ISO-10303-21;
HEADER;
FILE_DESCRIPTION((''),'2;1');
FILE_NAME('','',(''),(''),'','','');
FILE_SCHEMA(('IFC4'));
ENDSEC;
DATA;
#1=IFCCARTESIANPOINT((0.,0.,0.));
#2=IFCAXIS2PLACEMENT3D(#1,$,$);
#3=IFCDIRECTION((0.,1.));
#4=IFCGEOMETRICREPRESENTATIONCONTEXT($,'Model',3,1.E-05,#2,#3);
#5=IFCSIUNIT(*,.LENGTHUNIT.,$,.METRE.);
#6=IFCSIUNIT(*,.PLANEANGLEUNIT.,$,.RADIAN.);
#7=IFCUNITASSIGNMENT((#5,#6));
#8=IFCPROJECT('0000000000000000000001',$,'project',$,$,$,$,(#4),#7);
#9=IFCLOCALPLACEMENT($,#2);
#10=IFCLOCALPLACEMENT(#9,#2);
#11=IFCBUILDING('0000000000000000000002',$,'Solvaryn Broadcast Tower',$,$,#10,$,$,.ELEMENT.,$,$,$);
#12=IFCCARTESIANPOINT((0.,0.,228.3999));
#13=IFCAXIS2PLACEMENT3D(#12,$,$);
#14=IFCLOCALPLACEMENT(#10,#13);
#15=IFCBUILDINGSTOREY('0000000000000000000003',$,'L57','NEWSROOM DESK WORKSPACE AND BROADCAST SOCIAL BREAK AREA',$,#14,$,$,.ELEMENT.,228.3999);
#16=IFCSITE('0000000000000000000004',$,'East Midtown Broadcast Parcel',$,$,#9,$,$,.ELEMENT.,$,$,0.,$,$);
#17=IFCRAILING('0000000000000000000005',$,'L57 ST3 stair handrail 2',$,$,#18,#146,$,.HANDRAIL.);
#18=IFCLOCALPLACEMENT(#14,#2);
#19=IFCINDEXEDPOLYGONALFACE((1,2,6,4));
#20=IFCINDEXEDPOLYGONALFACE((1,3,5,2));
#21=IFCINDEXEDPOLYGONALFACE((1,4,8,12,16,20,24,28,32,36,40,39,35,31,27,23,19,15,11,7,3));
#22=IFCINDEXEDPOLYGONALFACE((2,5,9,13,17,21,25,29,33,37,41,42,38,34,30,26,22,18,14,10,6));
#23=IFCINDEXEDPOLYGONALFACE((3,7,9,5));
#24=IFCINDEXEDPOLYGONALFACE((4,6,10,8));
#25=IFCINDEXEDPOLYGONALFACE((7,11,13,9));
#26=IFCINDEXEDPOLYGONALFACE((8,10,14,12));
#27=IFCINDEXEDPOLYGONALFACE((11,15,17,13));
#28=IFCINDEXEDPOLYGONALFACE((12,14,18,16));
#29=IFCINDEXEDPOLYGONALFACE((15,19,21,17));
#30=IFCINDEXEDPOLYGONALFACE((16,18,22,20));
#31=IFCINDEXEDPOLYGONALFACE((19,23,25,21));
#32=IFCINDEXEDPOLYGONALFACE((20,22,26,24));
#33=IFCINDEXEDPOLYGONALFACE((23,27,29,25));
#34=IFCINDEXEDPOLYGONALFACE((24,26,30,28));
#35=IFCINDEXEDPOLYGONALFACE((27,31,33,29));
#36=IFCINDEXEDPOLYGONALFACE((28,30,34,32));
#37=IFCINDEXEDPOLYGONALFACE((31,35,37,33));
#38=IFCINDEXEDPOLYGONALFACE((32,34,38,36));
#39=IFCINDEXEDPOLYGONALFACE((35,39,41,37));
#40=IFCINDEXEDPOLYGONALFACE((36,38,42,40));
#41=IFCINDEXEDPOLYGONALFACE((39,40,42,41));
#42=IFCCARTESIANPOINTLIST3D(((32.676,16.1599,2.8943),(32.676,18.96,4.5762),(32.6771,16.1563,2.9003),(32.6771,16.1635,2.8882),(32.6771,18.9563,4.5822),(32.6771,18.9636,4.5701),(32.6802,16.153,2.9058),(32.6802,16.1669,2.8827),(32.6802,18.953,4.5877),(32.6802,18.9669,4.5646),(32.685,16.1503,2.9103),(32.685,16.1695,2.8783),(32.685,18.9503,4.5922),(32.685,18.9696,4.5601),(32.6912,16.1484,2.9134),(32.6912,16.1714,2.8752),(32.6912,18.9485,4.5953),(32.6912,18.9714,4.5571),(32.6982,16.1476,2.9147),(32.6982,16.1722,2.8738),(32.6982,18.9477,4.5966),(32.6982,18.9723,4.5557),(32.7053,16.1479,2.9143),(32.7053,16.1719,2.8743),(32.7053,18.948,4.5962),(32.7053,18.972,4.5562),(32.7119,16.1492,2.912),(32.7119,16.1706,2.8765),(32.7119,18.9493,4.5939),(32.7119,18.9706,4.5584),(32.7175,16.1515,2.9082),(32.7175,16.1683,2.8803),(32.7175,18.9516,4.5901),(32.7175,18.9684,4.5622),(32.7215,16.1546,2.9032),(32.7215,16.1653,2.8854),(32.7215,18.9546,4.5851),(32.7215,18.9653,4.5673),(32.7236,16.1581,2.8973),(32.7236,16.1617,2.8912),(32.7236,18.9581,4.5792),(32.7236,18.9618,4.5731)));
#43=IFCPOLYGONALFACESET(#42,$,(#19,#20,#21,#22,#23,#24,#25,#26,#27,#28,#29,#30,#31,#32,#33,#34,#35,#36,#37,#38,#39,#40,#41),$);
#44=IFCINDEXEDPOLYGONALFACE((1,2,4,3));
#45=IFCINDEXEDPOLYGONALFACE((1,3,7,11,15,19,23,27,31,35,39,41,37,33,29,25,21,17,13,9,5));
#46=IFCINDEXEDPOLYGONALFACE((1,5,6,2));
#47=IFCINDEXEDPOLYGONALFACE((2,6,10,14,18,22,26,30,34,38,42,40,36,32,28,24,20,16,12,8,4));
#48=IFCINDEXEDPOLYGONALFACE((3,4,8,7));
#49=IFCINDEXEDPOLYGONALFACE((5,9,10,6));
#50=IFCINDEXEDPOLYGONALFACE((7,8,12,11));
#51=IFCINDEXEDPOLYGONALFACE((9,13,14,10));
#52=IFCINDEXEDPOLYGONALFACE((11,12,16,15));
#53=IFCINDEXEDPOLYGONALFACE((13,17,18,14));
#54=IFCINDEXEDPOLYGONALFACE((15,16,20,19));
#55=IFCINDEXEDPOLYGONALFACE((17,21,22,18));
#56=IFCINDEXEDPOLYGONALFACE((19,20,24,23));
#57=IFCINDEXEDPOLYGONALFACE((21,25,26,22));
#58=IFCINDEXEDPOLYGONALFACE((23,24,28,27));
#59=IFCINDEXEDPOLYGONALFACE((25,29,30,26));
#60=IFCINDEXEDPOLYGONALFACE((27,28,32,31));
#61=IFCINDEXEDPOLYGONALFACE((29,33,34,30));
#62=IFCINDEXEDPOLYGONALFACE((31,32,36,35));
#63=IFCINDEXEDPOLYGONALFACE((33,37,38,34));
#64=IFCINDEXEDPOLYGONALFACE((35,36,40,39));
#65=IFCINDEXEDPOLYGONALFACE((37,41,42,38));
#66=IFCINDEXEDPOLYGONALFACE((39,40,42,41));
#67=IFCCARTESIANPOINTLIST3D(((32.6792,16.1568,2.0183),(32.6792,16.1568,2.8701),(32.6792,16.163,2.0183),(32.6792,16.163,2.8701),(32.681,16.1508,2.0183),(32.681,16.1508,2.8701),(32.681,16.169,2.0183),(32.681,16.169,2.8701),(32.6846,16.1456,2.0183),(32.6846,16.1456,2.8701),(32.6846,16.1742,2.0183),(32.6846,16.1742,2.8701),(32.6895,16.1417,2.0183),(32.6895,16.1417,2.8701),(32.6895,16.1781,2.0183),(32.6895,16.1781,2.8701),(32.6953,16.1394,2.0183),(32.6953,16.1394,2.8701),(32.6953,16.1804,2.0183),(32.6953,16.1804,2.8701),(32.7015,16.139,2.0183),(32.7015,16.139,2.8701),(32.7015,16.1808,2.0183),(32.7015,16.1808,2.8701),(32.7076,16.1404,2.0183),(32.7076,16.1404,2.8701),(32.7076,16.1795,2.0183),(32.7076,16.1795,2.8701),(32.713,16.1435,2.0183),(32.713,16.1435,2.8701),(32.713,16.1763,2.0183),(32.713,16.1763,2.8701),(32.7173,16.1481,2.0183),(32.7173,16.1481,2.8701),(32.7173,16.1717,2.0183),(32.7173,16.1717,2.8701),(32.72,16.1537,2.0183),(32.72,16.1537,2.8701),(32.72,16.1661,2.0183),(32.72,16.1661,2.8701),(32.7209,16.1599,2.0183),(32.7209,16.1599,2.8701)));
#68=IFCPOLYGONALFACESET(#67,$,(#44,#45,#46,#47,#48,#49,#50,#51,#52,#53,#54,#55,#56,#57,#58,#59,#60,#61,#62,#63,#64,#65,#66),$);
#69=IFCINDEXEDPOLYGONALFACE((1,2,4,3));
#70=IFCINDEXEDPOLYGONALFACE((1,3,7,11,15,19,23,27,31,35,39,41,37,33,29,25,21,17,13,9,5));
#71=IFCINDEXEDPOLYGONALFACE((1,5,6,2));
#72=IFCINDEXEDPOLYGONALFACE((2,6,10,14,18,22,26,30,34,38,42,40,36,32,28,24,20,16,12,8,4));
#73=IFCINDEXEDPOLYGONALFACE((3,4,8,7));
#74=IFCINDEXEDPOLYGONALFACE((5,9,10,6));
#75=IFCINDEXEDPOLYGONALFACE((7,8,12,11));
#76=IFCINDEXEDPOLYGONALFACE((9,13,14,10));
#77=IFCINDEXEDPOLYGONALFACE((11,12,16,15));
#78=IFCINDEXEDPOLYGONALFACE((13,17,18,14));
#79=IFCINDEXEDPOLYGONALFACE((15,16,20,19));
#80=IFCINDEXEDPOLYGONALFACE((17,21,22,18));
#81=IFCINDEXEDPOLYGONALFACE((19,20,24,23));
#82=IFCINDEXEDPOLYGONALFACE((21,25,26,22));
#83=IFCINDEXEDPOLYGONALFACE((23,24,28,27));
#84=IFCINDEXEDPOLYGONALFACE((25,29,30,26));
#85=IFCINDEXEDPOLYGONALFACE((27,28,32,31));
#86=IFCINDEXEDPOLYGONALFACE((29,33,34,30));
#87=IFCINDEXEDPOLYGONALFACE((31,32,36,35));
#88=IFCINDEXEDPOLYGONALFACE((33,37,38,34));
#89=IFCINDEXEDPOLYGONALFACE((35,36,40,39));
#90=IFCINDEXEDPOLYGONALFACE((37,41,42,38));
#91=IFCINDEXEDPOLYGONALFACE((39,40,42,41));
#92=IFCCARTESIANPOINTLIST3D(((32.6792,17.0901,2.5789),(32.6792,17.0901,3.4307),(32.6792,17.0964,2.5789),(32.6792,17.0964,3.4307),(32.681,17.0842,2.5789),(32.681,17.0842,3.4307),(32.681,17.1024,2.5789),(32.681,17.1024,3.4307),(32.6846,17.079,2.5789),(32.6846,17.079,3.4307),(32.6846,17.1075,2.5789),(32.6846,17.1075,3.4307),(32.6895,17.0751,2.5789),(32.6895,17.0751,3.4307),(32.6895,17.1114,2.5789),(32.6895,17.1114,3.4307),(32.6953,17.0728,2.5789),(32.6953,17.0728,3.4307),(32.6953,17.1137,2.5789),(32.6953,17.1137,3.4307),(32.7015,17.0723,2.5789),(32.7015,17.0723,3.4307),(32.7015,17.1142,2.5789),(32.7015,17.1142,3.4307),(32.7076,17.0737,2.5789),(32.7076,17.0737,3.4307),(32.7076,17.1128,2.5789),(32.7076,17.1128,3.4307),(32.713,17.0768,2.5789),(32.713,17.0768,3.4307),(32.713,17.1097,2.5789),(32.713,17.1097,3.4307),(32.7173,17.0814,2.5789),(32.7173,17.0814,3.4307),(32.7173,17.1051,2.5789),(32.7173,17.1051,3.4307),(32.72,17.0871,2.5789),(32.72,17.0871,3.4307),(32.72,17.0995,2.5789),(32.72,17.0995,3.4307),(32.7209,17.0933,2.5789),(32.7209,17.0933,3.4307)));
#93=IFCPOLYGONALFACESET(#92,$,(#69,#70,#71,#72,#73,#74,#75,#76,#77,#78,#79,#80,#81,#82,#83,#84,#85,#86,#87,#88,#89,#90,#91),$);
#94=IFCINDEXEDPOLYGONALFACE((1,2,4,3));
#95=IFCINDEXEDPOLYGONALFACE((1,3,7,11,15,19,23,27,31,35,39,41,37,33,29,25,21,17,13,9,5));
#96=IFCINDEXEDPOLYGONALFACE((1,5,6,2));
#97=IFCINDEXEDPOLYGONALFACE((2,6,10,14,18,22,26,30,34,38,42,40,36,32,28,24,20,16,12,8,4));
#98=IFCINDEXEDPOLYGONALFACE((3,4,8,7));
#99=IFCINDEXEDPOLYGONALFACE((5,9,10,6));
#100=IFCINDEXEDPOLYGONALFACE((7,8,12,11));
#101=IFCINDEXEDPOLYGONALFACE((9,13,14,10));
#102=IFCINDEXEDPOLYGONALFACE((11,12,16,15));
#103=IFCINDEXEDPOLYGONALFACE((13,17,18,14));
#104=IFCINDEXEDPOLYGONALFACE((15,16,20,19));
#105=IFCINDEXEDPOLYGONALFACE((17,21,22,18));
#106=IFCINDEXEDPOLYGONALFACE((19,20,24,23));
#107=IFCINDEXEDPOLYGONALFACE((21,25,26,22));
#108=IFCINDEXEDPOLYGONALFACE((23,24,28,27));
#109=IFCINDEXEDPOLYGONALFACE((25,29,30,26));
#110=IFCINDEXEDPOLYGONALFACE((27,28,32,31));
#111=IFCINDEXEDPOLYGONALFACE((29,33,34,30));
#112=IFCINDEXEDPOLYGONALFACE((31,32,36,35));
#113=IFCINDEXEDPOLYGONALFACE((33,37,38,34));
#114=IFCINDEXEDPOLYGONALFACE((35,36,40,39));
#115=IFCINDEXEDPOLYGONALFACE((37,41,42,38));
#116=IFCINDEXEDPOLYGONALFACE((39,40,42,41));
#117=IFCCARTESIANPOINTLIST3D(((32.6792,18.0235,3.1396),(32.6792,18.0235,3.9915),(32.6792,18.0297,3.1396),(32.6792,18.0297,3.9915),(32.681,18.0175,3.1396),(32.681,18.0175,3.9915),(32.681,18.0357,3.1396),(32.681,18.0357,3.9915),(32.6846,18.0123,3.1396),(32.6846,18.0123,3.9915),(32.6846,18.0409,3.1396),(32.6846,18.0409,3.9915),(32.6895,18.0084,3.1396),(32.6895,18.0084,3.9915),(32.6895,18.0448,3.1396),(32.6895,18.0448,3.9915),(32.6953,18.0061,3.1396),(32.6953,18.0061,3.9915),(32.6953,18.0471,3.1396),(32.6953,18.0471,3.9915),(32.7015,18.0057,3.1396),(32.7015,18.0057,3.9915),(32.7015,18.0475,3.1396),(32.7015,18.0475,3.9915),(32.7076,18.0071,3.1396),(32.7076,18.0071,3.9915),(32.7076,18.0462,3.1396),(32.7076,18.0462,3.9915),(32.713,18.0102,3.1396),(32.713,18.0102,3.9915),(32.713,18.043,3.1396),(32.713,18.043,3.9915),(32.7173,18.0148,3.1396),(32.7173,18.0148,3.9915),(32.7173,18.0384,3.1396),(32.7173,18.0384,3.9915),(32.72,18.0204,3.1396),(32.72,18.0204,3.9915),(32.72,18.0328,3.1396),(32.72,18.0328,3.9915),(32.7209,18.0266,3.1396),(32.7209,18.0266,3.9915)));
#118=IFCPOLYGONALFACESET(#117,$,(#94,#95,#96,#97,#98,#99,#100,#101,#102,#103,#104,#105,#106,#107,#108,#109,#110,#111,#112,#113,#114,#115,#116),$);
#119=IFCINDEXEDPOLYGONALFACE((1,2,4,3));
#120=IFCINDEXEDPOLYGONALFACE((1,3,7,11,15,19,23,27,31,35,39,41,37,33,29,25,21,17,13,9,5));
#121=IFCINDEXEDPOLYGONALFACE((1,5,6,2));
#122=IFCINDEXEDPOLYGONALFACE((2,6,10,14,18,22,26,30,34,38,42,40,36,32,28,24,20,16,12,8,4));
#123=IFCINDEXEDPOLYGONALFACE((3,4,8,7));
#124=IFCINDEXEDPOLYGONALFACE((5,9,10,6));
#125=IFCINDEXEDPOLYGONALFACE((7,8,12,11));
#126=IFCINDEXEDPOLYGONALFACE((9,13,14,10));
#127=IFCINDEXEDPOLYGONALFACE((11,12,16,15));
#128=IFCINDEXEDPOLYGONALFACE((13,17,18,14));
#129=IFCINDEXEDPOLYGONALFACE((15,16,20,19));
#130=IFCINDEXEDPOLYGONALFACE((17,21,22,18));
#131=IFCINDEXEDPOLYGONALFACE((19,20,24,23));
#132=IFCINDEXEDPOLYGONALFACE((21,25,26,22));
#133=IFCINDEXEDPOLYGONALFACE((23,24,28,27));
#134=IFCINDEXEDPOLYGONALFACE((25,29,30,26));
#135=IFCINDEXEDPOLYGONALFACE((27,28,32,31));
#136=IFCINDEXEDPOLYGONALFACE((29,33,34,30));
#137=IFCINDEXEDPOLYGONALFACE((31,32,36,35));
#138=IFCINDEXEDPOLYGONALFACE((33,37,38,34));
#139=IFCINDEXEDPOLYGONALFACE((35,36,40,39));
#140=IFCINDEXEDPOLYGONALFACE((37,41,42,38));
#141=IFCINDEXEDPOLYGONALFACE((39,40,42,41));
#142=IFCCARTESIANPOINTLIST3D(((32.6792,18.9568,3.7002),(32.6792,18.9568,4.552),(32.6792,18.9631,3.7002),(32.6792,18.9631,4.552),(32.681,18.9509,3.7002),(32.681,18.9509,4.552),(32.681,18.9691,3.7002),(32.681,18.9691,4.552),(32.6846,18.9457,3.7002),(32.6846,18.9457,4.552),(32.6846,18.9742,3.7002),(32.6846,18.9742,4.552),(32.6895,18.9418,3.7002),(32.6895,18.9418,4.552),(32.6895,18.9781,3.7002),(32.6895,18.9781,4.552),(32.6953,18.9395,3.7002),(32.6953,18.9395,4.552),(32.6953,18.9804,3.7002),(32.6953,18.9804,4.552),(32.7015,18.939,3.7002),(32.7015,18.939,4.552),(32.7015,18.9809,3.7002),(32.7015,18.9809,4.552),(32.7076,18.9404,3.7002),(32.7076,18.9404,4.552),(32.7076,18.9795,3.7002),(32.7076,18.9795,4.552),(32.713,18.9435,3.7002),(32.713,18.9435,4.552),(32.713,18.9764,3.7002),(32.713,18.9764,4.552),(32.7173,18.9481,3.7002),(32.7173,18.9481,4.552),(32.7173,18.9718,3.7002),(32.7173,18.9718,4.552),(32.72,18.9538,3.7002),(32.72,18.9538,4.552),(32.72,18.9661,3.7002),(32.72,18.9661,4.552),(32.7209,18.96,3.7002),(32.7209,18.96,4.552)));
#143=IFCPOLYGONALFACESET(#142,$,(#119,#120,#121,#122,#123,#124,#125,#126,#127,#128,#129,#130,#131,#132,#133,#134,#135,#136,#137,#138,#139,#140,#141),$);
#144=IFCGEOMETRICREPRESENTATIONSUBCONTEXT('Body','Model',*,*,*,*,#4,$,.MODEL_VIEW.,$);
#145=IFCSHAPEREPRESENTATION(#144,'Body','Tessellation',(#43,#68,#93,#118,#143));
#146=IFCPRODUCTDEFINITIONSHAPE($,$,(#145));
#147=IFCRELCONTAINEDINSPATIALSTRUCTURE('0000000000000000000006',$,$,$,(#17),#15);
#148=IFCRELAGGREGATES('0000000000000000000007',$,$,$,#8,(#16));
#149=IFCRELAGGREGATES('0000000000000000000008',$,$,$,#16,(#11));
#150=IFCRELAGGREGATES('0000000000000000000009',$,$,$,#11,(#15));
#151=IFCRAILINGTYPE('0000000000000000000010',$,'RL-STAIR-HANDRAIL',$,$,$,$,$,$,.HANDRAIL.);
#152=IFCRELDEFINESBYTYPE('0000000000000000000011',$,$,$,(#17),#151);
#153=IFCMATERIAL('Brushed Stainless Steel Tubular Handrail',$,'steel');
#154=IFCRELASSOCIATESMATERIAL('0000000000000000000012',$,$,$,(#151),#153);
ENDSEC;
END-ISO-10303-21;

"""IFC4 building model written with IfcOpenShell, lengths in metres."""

from ifc_helpers import new_model, si_unit, direction, frame, origin, origin_2d, place, context, subcontext, project, spatial, circle, extrude, material, type_object, element, save


model = new_model("IFC4")

# Units and contexts
model_context = context("Model", 3, precision=1e-05, world=origin(), true_north=direction((0.0, 1.0)))
body_context = subcontext(model_context, "Body", "Model", "MODEL_VIEW")
ifc_project = project(units=[si_unit("LENGTHUNIT", "METRE"), si_unit("PLANEANGLEUNIT", "RADIAN")], contexts=[model_context])

# Site, building, storey
site_placement = place(None, origin())
site = spatial("IfcSite", under=ifc_project, at=site_placement, Name="East Midtown Broadcast Parcel", CompositionType="ELEMENT", RefElevation=0.0)
building_placement = place(site_placement, origin())
building = spatial("IfcBuilding", under=site, at=building_placement, Name="Solvaryn Broadcast Tower", CompositionType="ELEMENT")
storey_placement = place(building_placement, frame((0.0, 0.0, 228.3999)))
storey = spatial("IfcBuildingStorey", under=building, at=storey_placement, Name="L57", Description="NEWSROOM DESK WORKSPACE AND BROADCAST SOCIAL BREAK AREA", CompositionType="ELEMENT", Elevation=228.3999)

# Railing
ifc_material_1 = material(Name="Brushed Stainless Steel Tubular Handrail", Category="steel")
railing_type_1 = type_object("IfcRailingType", Name="RL-STAIR-HANDRAIL", PredefinedType="HANDRAIL", material=ifc_material_1)
railing_1_placement = place(storey_placement, frame((32.7, 16.1599, 2.0183)))
element("IfcRailing", 1, at=railing_1_placement, inside=storey, type_object=railing_type_1, Name="L57 ST3 stair handrail 2", PredefinedType="HANDRAIL", context=body_context, shape_type="SweptSolid", body=[
    extrude(circle(Radius=0.0239, at=origin_2d()), frame((0.0, 0.0, 0.876), z_axis=(0.0, 0.857242, 0.514913), x_axis=(-1.0, 0.0, 0.0)), (0.0, 0.0, 1.0), 3.2664),
    extrude(circle(Radius=0.021, at=origin_2d()), origin(), (0.0, 0.0, 1.0), 0.8518),
    extrude(circle(Radius=0.021, at=origin_2d()), frame((0.0, 0.9333, 0.5605)), (0.0, 0.0, 1.0), 0.8518),
    extrude(circle(Radius=0.021, at=origin_2d()), frame((0.0, 1.8667, 1.1213)), (0.0, 0.0, 1.0), 0.8518),
    extrude(circle(Radius=0.021, at=origin_2d()), frame((0.0, 2.8, 1.6819)), (0.0, 0.0, 1.0), 0.8518),
])

save(model, "model.ifc")
